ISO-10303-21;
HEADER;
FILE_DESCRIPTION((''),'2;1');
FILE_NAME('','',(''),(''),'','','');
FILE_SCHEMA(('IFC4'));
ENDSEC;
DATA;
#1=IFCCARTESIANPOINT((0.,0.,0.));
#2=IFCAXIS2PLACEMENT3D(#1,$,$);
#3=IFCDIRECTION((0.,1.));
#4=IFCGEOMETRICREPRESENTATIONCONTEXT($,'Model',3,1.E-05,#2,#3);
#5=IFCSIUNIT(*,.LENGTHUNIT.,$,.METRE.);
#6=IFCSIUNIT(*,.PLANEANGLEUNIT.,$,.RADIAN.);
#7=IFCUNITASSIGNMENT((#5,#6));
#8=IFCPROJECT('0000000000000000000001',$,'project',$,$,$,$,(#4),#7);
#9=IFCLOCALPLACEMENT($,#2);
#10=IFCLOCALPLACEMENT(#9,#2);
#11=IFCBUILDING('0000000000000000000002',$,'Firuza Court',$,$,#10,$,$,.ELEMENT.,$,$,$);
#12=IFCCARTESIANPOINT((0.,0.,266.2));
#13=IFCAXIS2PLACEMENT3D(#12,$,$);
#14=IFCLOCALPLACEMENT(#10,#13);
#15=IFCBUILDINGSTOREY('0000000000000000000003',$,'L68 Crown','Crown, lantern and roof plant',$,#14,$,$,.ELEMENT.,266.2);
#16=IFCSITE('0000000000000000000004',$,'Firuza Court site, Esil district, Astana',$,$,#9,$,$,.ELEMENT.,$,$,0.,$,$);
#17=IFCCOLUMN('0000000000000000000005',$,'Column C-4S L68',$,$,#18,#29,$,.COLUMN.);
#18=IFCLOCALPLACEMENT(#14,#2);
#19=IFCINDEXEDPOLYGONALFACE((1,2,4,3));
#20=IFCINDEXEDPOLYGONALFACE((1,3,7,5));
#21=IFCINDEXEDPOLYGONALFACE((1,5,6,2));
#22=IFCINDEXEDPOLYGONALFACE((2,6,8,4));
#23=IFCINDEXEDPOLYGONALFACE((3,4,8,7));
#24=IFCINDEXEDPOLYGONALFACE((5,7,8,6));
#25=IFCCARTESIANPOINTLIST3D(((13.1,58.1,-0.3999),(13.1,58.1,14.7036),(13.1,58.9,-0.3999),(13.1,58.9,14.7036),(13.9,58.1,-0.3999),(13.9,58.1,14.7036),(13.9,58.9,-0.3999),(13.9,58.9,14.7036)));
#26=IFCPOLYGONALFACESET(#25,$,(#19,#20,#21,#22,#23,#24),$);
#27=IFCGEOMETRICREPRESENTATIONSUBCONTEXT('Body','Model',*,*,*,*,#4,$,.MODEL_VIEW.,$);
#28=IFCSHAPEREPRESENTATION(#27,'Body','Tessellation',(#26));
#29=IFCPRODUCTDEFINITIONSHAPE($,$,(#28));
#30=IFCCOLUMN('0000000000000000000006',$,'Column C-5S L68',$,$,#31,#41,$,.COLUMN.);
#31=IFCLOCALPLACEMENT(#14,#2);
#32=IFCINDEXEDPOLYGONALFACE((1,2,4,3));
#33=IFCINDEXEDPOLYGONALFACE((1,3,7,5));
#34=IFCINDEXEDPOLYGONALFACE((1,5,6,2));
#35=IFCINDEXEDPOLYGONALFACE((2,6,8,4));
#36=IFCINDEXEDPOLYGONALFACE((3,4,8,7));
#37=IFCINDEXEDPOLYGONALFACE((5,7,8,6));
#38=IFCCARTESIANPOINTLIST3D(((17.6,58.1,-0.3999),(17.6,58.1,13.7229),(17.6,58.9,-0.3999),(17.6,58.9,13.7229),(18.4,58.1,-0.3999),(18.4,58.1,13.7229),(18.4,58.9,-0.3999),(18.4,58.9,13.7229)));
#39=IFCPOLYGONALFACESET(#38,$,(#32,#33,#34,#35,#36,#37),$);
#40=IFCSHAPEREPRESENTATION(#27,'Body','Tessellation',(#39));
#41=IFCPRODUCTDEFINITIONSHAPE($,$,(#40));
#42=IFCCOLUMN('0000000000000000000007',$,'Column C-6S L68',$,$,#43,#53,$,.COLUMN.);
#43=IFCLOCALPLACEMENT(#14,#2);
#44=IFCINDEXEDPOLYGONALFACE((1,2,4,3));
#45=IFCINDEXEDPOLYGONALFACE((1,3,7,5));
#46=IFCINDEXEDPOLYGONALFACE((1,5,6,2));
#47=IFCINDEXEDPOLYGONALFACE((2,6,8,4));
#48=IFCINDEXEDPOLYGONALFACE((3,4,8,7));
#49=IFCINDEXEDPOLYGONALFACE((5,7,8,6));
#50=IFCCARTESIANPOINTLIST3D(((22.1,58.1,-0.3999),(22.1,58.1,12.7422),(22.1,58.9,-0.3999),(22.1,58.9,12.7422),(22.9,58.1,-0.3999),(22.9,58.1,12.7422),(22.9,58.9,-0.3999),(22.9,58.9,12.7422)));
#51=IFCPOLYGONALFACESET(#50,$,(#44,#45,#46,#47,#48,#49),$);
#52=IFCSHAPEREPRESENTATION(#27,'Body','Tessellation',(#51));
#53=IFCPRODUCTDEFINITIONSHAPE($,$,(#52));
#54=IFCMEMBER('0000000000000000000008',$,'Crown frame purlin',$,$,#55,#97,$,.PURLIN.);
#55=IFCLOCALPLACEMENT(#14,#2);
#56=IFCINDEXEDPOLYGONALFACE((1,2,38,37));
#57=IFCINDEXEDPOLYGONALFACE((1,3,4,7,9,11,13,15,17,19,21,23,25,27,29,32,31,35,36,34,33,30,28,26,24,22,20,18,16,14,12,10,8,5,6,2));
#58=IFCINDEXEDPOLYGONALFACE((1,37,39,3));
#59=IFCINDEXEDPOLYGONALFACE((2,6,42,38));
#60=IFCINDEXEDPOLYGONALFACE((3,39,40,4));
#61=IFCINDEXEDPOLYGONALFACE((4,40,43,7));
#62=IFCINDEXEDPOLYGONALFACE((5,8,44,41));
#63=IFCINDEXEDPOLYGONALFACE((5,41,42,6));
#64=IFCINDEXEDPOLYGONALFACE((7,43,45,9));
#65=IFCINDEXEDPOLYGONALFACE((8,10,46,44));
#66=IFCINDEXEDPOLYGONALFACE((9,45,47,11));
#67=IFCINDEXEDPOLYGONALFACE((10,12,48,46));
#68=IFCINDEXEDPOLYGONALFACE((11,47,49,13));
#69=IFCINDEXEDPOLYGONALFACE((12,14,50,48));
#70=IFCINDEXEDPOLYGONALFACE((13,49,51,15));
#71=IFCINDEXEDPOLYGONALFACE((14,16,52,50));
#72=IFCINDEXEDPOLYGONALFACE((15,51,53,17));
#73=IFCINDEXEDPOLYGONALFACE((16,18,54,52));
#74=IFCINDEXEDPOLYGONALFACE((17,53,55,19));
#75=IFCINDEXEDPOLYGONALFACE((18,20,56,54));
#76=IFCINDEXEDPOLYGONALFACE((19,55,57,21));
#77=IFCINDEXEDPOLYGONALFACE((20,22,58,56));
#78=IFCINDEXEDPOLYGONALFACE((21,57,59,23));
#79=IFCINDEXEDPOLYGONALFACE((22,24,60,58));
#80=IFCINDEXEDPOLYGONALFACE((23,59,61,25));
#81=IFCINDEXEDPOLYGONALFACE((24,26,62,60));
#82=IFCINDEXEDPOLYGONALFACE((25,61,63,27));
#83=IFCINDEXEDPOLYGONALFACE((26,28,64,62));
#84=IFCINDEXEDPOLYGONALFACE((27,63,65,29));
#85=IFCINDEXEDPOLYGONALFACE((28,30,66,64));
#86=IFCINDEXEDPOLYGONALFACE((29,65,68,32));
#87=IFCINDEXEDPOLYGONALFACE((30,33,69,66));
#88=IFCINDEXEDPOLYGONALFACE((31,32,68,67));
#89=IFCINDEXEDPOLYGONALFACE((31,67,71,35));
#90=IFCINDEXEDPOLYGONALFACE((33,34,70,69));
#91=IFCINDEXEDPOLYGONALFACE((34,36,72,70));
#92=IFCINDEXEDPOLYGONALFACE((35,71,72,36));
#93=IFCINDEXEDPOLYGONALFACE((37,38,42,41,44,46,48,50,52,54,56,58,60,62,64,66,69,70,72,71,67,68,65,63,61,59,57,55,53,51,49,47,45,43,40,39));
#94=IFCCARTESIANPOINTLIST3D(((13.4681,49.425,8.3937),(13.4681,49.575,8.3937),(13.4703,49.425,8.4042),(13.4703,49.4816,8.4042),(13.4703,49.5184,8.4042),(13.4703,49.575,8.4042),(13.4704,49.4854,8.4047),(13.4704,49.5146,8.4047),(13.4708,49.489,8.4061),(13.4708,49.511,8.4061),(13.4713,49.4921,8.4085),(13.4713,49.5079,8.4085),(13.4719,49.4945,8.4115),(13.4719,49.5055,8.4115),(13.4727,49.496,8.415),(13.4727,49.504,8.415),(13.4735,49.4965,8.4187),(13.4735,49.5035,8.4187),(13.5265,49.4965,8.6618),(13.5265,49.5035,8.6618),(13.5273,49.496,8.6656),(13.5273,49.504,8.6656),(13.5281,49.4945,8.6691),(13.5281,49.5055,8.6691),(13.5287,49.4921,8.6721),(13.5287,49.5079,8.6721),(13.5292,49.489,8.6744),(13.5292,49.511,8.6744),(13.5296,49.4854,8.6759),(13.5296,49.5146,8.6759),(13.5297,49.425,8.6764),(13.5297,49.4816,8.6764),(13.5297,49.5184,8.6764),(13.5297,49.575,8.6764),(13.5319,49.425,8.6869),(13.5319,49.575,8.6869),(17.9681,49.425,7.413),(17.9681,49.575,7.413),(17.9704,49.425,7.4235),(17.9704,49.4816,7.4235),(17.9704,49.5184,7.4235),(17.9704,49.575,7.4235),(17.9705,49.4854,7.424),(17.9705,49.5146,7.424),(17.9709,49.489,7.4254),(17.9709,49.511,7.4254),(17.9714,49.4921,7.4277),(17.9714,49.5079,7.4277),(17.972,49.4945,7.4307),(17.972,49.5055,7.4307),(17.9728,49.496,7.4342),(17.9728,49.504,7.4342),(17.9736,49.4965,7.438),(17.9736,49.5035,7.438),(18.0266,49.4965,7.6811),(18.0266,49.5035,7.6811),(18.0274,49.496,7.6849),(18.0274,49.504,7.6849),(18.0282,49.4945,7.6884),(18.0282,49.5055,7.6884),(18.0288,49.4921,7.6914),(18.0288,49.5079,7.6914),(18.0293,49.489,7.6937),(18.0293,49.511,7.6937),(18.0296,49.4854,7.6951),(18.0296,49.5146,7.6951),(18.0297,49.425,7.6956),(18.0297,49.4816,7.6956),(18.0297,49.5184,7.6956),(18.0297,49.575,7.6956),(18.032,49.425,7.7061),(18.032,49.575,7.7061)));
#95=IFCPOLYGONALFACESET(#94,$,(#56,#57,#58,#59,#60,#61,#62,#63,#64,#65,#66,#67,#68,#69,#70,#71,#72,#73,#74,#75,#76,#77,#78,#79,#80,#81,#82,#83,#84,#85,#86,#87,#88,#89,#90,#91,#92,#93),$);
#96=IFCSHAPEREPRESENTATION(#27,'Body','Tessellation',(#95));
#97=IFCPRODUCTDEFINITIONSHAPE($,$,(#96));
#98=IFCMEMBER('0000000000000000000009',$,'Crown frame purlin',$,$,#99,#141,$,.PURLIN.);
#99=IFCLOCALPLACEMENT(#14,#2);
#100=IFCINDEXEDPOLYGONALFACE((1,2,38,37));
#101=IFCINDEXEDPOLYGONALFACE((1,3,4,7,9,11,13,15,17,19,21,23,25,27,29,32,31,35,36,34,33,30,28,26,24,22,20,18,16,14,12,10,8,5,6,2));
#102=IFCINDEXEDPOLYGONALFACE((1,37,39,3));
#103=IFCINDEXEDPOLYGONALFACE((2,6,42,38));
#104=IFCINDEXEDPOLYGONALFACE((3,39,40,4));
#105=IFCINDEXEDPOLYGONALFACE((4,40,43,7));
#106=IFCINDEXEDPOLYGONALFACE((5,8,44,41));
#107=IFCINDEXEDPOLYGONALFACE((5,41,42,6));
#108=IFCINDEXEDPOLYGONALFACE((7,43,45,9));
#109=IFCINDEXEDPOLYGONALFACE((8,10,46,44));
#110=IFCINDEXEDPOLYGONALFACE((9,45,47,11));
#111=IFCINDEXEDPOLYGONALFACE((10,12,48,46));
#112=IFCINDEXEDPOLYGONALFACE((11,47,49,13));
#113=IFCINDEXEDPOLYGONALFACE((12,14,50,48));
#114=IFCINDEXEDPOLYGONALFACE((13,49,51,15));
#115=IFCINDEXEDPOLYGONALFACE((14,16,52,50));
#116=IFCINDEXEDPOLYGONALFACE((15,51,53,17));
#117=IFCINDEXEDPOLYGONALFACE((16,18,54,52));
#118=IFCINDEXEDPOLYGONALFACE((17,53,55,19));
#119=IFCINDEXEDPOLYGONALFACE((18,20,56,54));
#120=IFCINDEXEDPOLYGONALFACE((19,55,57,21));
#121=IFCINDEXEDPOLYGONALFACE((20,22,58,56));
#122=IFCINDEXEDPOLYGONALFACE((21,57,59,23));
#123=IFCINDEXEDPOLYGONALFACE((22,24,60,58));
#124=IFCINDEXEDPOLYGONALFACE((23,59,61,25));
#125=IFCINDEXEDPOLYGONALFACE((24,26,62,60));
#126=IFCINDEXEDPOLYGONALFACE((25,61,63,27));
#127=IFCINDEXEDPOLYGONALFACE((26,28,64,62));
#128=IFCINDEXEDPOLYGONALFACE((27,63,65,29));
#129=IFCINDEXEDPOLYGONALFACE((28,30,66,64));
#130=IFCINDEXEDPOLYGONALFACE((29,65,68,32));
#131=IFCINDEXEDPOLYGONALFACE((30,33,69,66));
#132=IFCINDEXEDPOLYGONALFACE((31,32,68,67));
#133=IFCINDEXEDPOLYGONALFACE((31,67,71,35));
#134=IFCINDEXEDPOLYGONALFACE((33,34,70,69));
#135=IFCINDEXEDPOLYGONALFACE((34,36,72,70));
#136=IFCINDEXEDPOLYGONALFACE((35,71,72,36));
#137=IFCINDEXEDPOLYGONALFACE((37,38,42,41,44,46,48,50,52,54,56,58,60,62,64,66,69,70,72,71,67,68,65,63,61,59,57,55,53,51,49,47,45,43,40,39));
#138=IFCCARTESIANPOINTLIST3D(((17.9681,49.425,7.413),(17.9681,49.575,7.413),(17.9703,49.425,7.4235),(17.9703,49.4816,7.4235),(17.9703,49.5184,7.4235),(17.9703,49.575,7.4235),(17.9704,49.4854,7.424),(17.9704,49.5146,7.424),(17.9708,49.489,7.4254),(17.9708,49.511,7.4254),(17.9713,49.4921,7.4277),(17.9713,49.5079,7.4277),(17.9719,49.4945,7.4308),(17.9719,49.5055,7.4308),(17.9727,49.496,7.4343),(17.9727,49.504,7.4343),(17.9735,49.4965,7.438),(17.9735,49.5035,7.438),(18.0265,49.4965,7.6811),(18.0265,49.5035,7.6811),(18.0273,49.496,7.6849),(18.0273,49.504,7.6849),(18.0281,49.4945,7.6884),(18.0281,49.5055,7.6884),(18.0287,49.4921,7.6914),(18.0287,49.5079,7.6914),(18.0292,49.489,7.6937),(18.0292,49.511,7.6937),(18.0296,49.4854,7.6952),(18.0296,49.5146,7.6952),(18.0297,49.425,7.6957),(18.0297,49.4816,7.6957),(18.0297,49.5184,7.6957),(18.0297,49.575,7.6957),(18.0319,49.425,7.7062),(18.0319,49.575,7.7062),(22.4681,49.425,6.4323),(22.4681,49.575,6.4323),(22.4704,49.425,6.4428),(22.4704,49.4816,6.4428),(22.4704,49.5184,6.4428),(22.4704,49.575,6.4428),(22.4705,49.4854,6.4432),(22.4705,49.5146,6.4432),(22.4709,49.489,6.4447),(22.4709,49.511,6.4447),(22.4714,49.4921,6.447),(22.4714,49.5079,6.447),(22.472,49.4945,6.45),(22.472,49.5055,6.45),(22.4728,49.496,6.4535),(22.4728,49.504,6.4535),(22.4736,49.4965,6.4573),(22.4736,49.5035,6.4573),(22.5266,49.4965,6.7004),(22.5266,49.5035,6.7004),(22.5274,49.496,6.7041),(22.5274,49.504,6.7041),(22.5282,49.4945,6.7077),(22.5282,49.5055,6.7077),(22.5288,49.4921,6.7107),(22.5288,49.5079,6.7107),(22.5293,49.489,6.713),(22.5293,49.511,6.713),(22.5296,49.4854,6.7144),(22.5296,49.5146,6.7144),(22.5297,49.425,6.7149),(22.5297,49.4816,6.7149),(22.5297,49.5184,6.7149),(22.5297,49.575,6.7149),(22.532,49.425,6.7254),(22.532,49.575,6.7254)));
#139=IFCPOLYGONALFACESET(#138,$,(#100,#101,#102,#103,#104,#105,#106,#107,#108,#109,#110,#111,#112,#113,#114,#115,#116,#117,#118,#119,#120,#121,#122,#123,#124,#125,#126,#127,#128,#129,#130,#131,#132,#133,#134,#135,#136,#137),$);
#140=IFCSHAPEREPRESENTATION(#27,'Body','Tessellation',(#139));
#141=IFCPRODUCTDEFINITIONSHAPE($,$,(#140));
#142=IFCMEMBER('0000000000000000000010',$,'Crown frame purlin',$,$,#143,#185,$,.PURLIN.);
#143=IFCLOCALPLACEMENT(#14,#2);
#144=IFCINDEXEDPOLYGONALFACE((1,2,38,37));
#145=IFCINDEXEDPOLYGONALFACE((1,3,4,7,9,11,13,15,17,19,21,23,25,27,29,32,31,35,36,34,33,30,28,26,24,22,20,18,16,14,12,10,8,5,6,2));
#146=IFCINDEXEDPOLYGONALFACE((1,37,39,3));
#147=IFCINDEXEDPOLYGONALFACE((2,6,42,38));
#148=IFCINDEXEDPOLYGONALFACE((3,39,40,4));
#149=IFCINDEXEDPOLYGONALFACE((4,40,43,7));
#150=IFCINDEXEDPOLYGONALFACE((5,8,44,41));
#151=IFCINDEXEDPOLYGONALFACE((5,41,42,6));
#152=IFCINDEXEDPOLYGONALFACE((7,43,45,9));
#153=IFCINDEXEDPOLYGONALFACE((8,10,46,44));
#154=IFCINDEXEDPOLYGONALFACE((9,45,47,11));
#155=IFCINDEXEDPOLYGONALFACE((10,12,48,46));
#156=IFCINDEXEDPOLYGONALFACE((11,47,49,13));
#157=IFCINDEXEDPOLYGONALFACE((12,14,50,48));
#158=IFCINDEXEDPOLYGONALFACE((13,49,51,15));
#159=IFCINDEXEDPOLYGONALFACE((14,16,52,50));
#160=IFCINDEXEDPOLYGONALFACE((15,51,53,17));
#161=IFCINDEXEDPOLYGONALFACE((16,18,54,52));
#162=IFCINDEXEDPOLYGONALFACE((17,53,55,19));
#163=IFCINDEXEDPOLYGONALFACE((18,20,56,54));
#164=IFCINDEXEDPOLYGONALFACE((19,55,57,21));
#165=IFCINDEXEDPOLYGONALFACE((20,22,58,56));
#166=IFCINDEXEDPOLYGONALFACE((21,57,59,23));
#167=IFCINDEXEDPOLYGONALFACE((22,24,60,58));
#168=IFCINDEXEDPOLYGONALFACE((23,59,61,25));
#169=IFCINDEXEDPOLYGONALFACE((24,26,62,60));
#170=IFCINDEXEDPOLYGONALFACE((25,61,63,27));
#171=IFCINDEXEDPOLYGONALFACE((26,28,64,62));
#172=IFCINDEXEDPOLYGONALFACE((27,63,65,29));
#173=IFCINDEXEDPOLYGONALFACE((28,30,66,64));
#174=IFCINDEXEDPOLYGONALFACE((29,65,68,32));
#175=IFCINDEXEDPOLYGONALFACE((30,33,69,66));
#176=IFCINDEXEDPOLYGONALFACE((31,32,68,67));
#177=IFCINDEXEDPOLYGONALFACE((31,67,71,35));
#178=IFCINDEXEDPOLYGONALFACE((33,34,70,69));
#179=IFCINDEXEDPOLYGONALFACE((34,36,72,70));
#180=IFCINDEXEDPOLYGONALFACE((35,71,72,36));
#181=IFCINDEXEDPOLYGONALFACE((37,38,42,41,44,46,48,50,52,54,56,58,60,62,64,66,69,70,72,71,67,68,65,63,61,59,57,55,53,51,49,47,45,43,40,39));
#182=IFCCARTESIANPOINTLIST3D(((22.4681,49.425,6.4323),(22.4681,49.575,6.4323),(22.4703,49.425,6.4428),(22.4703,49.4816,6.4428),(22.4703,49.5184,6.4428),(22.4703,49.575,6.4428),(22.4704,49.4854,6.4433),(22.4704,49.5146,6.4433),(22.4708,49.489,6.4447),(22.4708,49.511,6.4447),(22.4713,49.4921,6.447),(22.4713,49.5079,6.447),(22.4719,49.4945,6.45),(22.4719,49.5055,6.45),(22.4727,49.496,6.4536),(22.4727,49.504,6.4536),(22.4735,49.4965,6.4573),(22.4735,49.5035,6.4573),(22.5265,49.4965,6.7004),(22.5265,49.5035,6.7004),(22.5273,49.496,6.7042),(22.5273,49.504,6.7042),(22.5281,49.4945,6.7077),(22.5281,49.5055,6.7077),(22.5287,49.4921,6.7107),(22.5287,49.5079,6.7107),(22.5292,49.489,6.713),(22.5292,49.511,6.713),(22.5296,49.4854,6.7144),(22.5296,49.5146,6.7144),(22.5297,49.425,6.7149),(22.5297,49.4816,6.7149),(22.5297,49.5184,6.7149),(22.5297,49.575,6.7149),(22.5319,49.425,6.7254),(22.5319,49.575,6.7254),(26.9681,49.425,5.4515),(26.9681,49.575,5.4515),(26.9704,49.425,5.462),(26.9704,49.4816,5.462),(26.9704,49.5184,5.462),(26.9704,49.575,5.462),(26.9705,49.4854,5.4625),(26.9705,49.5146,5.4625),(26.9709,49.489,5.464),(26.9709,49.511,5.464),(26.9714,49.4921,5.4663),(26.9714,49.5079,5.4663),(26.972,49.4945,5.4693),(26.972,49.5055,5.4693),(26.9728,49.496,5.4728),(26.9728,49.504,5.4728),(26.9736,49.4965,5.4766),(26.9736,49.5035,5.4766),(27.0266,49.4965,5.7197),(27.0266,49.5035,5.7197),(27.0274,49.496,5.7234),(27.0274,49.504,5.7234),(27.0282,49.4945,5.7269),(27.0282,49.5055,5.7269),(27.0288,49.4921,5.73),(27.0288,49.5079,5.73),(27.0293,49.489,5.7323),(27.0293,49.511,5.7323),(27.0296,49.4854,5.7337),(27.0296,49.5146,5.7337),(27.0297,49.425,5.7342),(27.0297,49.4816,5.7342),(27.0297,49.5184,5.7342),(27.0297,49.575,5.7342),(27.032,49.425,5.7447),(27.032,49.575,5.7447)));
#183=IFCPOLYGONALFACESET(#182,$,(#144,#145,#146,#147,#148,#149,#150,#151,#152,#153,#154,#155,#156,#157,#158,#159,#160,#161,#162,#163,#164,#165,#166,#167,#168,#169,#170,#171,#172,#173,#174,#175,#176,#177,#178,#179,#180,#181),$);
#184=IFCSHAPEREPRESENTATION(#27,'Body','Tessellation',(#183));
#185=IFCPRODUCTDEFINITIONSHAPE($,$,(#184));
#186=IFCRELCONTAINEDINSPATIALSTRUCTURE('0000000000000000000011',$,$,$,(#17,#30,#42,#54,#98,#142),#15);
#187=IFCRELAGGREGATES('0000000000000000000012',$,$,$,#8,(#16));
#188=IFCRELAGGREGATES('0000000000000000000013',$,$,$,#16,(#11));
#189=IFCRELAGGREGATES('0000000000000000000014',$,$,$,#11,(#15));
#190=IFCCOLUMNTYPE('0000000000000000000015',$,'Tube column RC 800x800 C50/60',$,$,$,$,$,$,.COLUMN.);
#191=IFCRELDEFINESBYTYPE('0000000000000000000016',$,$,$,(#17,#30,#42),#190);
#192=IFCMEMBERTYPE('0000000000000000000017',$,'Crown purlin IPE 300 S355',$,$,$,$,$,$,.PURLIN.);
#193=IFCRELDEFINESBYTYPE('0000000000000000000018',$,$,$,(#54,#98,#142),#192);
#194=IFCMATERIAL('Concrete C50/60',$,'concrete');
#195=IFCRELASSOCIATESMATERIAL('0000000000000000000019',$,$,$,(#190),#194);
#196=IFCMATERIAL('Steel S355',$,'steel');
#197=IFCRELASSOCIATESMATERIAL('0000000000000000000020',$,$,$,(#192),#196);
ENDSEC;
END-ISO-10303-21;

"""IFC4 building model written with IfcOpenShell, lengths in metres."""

from ifc_helpers import new_model, si_unit, direction, frame, origin, origin_2d, place, context, subcontext, project, spatial, rectangle, i_section, extrude, material, material_profile, profile_set, type_object, element, save


model = new_model("IFC4")

# Units and contexts
model_context = context("Model", 3, precision=1e-05, world=origin(), true_north=direction((0.0, 1.0)))
body_context = subcontext(model_context, "Body", "Model", "MODEL_VIEW")
ifc_project = project(units=[si_unit("LENGTHUNIT", "METRE"), si_unit("PLANEANGLEUNIT", "RADIAN")], contexts=[model_context])

# Site, building, storey
site_placement = place(None, origin())
site = spatial("IfcSite", under=ifc_project, at=site_placement, Name="Firuza Court site, Esil district, Astana", CompositionType="ELEMENT", RefElevation=0.0)
building_placement = place(site_placement, origin())
building = spatial("IfcBuilding", under=site, at=building_placement, Name="Firuza Court", CompositionType="ELEMENT")
storey_placement = place(building_placement, frame((0.0, 0.0, 266.2)))
storey = spatial("IfcBuildingStorey", under=building, at=storey_placement, Name="L68 Crown", Description="Crown, lantern and roof plant", CompositionType="ELEMENT", Elevation=266.2)

# Columns
ifc_material_1 = material(Name="Concrete C50/60", Category="concrete")
ifc_material_profile_1 = material_profile(ifc_material_1, rectangle(XDim=0.8, YDim=0.8, at=origin_2d()), Name="RC 800x800")
ifc_profile_set_1 = profile_set([ifc_material_profile_1], Name="Concrete C50/60")
column_type = type_object("IfcColumnType", Name="Tube column RC 800x800 C50/60", PredefinedType="COLUMN", material=ifc_profile_set_1)
column_1_placement = place(storey_placement, frame((13.5, 58.5, -0.3999), z_axis=(0.0, 0.0, 1.0), x_axis=(1.0, 0.0, 0.0)))
element("IfcColumn", 1, at=column_1_placement, inside=storey, type_object=column_type, Name="Column C-4S L68", PredefinedType="COLUMN", context=body_context, shape_type="SweptSolid", body=[
    extrude(rectangle(XDim=0.8, YDim=0.8, at=origin_2d()), origin(), (0.0, 0.0, 1.0), 15.1035),
])
column_2_placement = place(storey_placement, frame((18.0, 58.5, -0.3999), z_axis=(0.0, 0.0, 1.0), x_axis=(1.0, 0.0, 0.0)))
element("IfcColumn", 2, at=column_2_placement, inside=storey, type_object=column_type, Name="Column C-5S L68", PredefinedType="COLUMN", context=body_context, shape_type="SweptSolid", body=[
    extrude(rectangle(XDim=0.8, YDim=0.8, at=origin_2d()), origin(), (0.0, 0.0, 1.0), 14.1228),
])
column_3_placement = place(storey_placement, frame((22.5, 58.5, -0.3999), z_axis=(0.0, 0.0, 1.0), x_axis=(1.0, 0.0, 0.0)))
element("IfcColumn", 3, at=column_3_placement, inside=storey, type_object=column_type, Name="Column C-6S L68", PredefinedType="COLUMN", context=body_context, shape_type="SweptSolid", body=[
    extrude(rectangle(XDim=0.8, YDim=0.8, at=origin_2d()), origin(), (0.0, 0.0, 1.0), 13.1421),
])

# Members
ifc_material_2 = material(Name="Steel S355", Category="steel")
ifc_material_profile_2 = material_profile(ifc_material_2, i_section(OverallWidth=0.1499, OverallDepth=0.3, WebThickness=0.0071, FlangeThickness=0.0107, FilletRadius=0.0149, at=origin_2d()), Name="IPE 300")
ifc_profile_set_2 = profile_set([ifc_material_profile_2], Name="Steel S355")
member_type_1 = type_object("IfcMemberType", Name="Crown purlin IPE 300 S355", PredefinedType="PURLIN", material=ifc_profile_set_2)
for number, where, z_axis, x_axis, name in (
    (4, (13.5, 49.5, 8.5403), (0.977066, 0.0, -0.212938), (0.0, 1.0, 0.0), "Crown frame purlin"),
    (5, (18.0, 49.5, 7.5596), (0.977066, 0.0, -0.212938), (0.0, 1.0, 0.0), "Crown frame purlin"),
    (6, (22.5, 49.5, 6.5789), (0.977066, 0.0, -0.212938), (0.0, 1.0, 0.0), "Crown frame purlin"),
):
    element("IfcMember", number, at=place(storey_placement, frame(where, z_axis=z_axis, x_axis=x_axis)), inside=storey, type_object=member_type_1, Name=name, PredefinedType="PURLIN", context=body_context, shape_type="SweptSolid", body=[
        extrude(i_section(OverallWidth=0.1499, OverallDepth=0.3, WebThickness=0.0071, FlangeThickness=0.0107, FilletRadius=0.0149, at=origin_2d()), origin(), (0.0, 0.0, 1.0), 4.6057),
    ])

save(model, "model.ifc")
